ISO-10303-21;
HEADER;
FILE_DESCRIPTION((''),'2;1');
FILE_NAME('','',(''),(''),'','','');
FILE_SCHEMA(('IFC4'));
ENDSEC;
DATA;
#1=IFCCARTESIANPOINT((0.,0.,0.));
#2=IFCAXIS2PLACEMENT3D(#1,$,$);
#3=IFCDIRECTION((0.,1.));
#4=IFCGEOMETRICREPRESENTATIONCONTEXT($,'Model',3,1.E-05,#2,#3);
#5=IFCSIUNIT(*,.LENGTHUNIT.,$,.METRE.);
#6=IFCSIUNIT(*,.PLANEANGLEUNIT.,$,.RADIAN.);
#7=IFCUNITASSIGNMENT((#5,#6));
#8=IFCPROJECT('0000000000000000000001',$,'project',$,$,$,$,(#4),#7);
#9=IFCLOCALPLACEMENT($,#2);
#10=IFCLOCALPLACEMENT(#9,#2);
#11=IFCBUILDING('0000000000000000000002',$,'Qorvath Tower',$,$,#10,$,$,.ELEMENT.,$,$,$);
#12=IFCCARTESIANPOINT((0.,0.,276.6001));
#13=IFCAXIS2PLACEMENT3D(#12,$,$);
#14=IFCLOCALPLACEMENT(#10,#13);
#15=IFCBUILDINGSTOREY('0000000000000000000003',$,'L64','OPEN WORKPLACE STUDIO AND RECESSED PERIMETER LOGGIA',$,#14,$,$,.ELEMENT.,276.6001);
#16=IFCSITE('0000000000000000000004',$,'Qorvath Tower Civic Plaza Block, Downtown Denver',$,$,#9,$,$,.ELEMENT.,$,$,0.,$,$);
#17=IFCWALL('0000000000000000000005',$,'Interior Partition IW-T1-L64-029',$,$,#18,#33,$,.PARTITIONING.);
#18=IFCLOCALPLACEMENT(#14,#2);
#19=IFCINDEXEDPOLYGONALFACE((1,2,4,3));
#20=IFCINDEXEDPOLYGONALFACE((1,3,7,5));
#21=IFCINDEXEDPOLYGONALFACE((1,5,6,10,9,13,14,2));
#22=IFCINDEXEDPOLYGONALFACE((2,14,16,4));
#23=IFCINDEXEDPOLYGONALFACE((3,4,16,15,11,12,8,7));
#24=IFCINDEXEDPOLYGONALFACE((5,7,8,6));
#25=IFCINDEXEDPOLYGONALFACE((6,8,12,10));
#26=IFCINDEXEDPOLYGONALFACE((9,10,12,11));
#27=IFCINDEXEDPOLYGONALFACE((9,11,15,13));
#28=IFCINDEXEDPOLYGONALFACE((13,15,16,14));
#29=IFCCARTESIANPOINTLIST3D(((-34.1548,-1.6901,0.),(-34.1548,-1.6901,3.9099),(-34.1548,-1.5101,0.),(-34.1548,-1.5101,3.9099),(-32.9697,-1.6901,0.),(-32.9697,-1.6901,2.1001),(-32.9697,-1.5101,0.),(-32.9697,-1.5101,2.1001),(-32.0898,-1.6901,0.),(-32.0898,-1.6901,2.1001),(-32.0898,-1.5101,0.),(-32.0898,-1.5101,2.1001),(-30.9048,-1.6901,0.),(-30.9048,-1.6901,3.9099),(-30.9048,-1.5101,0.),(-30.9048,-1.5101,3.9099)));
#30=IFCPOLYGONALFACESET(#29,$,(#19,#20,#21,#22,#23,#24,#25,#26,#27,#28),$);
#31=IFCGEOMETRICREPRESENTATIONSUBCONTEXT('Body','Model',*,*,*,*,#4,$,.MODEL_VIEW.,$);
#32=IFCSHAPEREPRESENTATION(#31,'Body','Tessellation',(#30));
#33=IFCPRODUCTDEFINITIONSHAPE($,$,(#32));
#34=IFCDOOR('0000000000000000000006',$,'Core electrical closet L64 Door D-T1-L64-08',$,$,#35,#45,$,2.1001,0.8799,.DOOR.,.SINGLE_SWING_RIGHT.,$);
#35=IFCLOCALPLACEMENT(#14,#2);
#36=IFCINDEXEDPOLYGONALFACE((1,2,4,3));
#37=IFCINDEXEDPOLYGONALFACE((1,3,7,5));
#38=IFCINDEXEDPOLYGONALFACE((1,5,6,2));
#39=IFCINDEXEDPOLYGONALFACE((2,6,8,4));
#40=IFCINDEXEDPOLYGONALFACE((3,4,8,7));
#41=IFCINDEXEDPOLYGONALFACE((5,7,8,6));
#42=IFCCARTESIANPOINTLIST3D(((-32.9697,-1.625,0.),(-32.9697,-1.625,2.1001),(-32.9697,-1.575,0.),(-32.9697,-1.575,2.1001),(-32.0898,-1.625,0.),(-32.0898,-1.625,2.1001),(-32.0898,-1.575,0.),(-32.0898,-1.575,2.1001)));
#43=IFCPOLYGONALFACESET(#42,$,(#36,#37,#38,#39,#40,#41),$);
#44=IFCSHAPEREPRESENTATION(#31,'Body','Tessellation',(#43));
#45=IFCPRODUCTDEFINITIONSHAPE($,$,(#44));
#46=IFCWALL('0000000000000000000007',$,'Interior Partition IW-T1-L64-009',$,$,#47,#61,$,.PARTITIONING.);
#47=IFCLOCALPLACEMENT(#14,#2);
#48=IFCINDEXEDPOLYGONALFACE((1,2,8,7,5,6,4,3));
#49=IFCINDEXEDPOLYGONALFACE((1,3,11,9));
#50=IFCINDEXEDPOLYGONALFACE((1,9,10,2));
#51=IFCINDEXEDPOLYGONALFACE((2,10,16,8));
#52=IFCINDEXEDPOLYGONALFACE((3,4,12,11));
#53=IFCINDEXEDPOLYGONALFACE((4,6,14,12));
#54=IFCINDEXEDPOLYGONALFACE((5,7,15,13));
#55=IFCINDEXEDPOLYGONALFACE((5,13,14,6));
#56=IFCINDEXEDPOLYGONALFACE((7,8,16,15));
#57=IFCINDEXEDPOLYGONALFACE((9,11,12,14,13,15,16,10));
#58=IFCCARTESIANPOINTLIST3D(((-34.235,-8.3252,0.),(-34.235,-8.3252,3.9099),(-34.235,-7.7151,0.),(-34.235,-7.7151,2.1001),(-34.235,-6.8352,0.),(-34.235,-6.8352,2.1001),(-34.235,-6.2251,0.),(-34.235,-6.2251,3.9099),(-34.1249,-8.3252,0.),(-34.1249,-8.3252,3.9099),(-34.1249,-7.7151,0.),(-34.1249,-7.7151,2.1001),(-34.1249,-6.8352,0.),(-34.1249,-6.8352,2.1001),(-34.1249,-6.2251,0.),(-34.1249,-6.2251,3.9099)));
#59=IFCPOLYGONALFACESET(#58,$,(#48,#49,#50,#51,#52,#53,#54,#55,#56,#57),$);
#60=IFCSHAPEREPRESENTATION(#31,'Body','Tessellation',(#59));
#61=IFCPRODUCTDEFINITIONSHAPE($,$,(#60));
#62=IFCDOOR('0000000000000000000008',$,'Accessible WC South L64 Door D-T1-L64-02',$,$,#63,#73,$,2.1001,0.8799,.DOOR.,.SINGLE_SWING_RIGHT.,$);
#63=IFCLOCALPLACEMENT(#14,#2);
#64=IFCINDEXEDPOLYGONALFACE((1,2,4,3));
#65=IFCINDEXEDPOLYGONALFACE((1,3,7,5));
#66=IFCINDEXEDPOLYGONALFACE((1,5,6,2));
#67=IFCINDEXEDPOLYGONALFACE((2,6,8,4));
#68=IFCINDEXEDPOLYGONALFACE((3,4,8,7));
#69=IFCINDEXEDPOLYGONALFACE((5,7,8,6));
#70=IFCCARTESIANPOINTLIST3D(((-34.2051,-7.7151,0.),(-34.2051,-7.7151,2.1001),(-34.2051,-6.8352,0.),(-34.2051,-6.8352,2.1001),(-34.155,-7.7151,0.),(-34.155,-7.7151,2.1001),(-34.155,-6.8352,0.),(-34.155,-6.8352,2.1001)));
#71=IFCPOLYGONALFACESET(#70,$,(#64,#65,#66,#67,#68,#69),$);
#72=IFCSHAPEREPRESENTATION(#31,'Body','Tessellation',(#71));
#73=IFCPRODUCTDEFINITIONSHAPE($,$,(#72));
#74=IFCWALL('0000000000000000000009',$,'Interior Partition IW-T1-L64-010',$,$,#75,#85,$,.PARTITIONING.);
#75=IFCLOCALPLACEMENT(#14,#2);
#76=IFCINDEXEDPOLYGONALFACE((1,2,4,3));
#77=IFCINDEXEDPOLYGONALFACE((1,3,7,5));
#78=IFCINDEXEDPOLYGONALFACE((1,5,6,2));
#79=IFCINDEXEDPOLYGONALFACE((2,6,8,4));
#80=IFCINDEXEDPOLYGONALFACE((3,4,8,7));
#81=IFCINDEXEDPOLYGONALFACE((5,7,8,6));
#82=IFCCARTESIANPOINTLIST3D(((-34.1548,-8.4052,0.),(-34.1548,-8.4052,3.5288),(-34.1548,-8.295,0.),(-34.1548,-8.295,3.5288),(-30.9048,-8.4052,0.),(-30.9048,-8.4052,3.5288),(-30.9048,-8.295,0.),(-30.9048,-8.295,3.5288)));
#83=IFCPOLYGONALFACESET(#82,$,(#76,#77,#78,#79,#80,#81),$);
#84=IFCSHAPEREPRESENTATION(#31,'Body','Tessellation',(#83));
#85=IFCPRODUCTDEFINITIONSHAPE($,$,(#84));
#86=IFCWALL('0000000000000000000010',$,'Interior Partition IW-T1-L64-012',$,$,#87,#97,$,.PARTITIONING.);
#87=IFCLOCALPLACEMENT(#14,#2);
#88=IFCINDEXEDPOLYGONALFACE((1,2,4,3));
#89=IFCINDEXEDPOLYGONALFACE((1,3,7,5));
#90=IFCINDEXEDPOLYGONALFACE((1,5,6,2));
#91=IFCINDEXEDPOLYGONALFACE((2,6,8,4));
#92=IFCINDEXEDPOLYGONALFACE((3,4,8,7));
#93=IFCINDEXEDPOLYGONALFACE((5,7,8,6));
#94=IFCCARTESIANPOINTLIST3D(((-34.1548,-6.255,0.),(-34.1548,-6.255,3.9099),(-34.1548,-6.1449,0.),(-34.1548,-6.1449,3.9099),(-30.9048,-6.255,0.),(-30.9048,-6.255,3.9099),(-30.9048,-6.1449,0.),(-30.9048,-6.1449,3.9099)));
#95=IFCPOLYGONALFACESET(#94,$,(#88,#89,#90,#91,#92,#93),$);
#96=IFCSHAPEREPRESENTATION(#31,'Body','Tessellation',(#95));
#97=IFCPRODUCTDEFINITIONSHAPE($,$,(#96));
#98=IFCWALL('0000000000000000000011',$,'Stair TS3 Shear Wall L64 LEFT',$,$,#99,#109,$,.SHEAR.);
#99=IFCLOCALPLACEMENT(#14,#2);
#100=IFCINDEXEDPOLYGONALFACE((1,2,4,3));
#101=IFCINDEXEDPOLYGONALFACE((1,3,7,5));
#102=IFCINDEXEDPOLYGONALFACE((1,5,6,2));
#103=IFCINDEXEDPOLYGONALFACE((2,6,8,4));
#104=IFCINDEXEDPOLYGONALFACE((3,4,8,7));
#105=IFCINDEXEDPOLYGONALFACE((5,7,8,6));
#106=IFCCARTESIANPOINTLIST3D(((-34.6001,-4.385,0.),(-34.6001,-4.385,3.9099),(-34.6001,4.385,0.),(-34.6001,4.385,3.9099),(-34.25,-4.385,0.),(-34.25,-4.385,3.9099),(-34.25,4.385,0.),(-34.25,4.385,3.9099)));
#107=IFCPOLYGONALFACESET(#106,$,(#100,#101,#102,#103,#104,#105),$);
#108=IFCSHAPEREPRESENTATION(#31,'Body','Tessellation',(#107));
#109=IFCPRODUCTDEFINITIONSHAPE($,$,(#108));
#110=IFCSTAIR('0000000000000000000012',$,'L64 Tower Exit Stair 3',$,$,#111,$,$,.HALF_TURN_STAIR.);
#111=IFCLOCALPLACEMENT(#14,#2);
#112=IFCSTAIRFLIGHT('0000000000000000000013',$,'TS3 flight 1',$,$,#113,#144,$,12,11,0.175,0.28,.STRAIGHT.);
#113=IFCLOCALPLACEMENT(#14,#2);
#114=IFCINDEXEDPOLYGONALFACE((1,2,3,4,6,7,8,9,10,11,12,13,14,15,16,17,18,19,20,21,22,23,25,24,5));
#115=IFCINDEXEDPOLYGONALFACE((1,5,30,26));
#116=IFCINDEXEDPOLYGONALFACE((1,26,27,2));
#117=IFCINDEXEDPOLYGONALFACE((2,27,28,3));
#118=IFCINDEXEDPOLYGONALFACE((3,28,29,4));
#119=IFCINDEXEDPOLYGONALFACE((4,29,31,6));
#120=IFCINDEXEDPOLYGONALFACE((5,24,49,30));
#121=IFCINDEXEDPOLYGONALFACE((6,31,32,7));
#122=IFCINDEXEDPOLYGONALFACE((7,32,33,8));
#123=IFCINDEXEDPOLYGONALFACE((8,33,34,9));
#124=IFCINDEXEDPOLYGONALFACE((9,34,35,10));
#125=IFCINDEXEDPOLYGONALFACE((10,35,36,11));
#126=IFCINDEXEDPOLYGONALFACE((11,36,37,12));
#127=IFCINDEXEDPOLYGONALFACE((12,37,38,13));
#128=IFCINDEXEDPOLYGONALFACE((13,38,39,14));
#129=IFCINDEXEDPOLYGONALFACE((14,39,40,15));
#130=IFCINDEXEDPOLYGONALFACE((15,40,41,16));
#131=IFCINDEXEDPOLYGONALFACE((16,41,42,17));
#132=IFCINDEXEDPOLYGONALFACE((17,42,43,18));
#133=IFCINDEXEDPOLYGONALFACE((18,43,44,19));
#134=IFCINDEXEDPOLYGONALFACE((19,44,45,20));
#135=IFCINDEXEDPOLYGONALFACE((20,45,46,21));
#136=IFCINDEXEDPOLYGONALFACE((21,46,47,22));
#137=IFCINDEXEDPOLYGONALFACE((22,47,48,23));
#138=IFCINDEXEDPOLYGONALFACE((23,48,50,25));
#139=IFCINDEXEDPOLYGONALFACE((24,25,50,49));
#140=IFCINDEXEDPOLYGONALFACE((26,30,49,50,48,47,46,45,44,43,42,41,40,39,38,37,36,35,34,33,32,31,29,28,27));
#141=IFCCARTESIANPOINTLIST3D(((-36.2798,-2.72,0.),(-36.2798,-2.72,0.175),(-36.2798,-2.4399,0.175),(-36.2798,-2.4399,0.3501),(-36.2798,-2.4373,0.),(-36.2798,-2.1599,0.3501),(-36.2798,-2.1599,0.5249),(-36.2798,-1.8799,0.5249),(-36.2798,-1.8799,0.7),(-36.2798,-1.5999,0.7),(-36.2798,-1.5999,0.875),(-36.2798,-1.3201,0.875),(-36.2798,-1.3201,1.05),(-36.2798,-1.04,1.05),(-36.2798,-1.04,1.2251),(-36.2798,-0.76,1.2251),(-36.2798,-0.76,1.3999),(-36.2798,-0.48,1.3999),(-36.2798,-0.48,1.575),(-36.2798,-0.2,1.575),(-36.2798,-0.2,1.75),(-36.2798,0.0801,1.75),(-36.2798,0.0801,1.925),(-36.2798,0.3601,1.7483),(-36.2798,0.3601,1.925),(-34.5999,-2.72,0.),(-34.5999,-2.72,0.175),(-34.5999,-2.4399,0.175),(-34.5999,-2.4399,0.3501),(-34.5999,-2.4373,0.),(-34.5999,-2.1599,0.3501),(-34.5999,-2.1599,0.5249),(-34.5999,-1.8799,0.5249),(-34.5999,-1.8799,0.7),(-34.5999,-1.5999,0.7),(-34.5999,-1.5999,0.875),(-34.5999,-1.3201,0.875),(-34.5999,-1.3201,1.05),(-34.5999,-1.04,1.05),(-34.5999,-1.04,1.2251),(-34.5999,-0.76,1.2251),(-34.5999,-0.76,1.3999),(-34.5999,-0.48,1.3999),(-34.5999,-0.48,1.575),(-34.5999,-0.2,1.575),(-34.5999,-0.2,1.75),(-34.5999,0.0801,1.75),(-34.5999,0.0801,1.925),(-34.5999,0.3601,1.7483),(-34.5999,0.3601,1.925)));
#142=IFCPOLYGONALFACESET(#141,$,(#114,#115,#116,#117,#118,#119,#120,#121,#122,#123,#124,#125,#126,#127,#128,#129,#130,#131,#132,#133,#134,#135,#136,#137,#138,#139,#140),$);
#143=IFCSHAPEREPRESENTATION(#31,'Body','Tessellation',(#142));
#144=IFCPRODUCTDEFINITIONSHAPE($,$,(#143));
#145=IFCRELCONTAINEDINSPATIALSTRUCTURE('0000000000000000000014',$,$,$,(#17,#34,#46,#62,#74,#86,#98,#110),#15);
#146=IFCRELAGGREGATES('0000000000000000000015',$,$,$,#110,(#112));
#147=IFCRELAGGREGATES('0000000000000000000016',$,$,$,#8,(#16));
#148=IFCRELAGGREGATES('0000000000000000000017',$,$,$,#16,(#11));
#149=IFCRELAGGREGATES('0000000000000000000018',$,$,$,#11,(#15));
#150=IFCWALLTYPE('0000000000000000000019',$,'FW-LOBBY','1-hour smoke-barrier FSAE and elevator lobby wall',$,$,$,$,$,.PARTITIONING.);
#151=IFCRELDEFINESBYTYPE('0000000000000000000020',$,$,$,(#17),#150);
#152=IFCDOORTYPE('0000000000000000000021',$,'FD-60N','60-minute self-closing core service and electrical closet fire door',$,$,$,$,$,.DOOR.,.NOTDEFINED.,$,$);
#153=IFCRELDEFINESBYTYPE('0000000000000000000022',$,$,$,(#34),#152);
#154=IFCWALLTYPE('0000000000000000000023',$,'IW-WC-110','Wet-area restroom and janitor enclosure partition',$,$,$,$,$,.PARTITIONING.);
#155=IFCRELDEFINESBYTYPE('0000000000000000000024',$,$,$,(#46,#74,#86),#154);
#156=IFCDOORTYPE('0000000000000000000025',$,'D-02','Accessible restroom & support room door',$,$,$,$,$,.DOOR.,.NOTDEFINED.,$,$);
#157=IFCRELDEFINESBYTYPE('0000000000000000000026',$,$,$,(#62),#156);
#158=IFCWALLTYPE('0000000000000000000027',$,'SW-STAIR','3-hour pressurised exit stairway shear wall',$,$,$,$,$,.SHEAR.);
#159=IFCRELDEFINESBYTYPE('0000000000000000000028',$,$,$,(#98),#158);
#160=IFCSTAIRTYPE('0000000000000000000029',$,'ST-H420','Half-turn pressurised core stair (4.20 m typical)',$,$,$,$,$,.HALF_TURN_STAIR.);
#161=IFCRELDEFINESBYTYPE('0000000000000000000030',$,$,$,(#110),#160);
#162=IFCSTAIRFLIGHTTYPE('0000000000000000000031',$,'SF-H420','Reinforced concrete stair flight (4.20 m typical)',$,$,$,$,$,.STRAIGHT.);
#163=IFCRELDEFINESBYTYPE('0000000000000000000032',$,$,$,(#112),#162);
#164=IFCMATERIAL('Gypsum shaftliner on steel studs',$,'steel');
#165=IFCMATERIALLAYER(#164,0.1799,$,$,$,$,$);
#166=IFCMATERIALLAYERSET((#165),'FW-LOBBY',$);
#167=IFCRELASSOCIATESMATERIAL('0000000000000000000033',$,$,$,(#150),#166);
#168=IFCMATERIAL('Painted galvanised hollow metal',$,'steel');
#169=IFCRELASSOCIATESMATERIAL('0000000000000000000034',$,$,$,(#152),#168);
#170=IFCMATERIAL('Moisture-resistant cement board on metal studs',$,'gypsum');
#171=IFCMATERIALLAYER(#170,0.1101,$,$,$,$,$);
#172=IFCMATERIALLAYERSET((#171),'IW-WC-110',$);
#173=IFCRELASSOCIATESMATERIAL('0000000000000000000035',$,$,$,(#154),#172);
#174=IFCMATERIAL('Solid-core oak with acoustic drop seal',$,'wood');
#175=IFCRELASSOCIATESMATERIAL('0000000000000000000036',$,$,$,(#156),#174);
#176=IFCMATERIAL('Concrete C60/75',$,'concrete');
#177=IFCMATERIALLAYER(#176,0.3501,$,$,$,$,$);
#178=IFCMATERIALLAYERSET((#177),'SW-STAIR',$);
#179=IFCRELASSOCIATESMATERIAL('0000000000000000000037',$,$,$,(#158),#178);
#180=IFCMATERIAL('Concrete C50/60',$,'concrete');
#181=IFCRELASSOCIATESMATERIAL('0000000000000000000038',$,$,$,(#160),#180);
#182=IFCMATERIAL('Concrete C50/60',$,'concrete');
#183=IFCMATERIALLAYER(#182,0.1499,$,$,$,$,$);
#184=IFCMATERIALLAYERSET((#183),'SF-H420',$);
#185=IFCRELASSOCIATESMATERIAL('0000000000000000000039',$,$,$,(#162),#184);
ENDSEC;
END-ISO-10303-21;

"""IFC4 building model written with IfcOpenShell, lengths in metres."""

from ifc_helpers import new_model, si_unit, direction, frame, frame_2d, origin, place, context, subcontext, project, spatial, polyline, rectangle, outline, extrude, material, layer, layer_set, type_object, element, fill, aggregate, save


model = new_model("IFC4")

# Units and contexts
model_context = context("Model", 3, precision=1e-05, world=origin(), true_north=direction((0.0, 1.0)))
body_context = subcontext(model_context, "Body", "Model", "MODEL_VIEW")
ifc_project = project(units=[si_unit("LENGTHUNIT", "METRE"), si_unit("PLANEANGLEUNIT", "RADIAN")], contexts=[model_context])

# Site, building, storey
site_placement = place(None, origin())
site = spatial("IfcSite", under=ifc_project, at=site_placement, Name="Qorvath Tower Civic Plaza Block, Downtown Denver", CompositionType="ELEMENT", RefElevation=0.0)
building_placement = place(site_placement, origin())
building = spatial("IfcBuilding", under=site, at=building_placement, Name="Qorvath Tower", CompositionType="ELEMENT")
storey_placement = place(building_placement, frame((0.0, 0.0, 276.6001)))
storey = spatial("IfcBuildingStorey", under=building, at=storey_placement, Name="L64", Description="OPEN WORKPLACE STUDIO AND RECESSED PERIMETER LOGGIA", CompositionType="ELEMENT", Elevation=276.6001)

# Shared definitions
ifc_material_1 = material(Name="Gypsum shaftliner on steel studs", Category="steel")
ifc_layer_1 = layer(ifc_material_1, 0.1799)
ifc_layer_set_1 = layer_set([ifc_layer_1], Name="FW-LOBBY")
wall_type_1 = type_object("IfcWallType", Name="FW-LOBBY", Description="1-hour smoke-barrier FSAE and elevator lobby wall", PredefinedType="PARTITIONING", material=ifc_layer_set_1)

# Walls, openings, doors
wall_1_placement = place(storey_placement, frame((-30.9048, -1.6001, 0.0), z_axis=(0.0, 0.0, 1.0), x_axis=(-1.0, 0.0, 0.0)))
wall_1 = element("IfcWall", 1, at=wall_1_placement, inside=storey, type_object=wall_type_1, Name="Interior Partition IW-T1-L64-029", PredefinedType="PARTITIONING", context=body_context, shape_type="SweptSolid", body=[
    extrude(rectangle(XDim=3.25, YDim=0.1799, at=frame_2d((1.625, 0.0))), origin(), (0.0, 0.0, 1.0), 3.9099),
])
opening_1_placement = place(wall_1_placement, frame((1.1851, 0.0, 0.0)))
opening_1 = element("IfcOpeningElement", 2, at=opening_1_placement, cuts=wall_1, PredefinedType="OPENING", context=body_context, shape_type="SweptSolid", body=[
    extrude(rectangle(XDim=0.8799, YDim=2.1001, at=frame_2d((0.4399, 1.05))), frame((0.0, 0.1001, 0.0), z_axis=(0.0, -1.0, 0.0), x_axis=(1.0, 0.0, 0.0)), (0.0, 0.0, 1.0), 0.2),
])
ifc_material_2 = material(Name="Painted galvanised hollow metal", Category="steel")
door_type_1 = type_object("IfcDoorType", Name="FD-60N", Description="60-minute self-closing core service and electrical closet fire door", OperationType="NOTDEFINED", PredefinedType="DOOR", material=ifc_material_2)
door_1_placement = place(opening_1_placement, origin())
door_1 = element("IfcDoor", 3, at=door_1_placement, inside=storey, type_object=door_type_1, Name="Core electrical closet L64 Door D-T1-L64-08", OperationType="SINGLE_SWING_RIGHT", OverallHeight=2.1001, OverallWidth=0.8799, PredefinedType="DOOR", context=body_context, shape_type="SweptSolid", body=[
    extrude(rectangle(XDim=0.8799, YDim=2.1001, at=frame_2d((0.4399, 1.05))), frame((0.0, 0.0249, 0.0), z_axis=(0.0, -1.0, 0.0), x_axis=(1.0, 0.0, 0.0)), (0.0, 0.0, 1.0), 0.05),
])
fill(opening_1, door_1)
ifc_material_3 = material(Name="Moisture-resistant cement board on metal studs", Category="gypsum")
ifc_layer_2 = layer(ifc_material_3, 0.1101)
ifc_layer_set_2 = layer_set([ifc_layer_2], Name="IW-WC-110")
wall_type_2 = type_object("IfcWallType", Name="IW-WC-110", Description="Wet-area restroom and janitor enclosure partition", PredefinedType="PARTITIONING", material=ifc_layer_set_2)
wall_2_placement = place(storey_placement, frame((-34.1799, -6.2251, 0.0), z_axis=(0.0, 0.0, 1.0), x_axis=(0.0, -1.0, 0.0)))
wall_2 = element("IfcWall", 4, at=wall_2_placement, inside=storey, type_object=wall_type_2, Name="Interior Partition IW-T1-L64-009", PredefinedType="PARTITIONING", context=body_context, shape_type="SweptSolid", body=[
    extrude(rectangle(XDim=2.1001, YDim=0.1101, at=frame_2d((1.05, 0.0))), origin(), (0.0, 0.0, 1.0), 3.9099),
])
opening_2_placement = place(wall_2_placement, frame((0.6101, 0.0, 0.0)))
opening_2 = element("IfcOpeningElement", 5, at=opening_2_placement, cuts=wall_2, PredefinedType="OPENING", context=body_context, shape_type="SweptSolid", body=[
    extrude(rectangle(XDim=0.8799, YDim=2.1001, at=frame_2d((0.4399, 1.05))), frame((0.0, 0.0649, 0.0), z_axis=(0.0, -1.0, 0.0), x_axis=(1.0, 0.0, 0.0)), (0.0, 0.0, 1.0), 0.1301),
])
ifc_material_4 = material(Name="Solid-core oak with acoustic drop seal", Category="wood")
door_type_2 = type_object("IfcDoorType", Name="D-02", Description="Accessible restroom & support room door", OperationType="NOTDEFINED", PredefinedType="DOOR", material=ifc_material_4)
door_2_placement = place(opening_2_placement, origin())
door_2 = element("IfcDoor", 6, at=door_2_placement, inside=storey, type_object=door_type_2, Name="Accessible WC South L64 Door D-T1-L64-02", OperationType="SINGLE_SWING_RIGHT", OverallHeight=2.1001, OverallWidth=0.8799, PredefinedType="DOOR", context=body_context, shape_type="SweptSolid", body=[
    extrude(rectangle(XDim=0.8799, YDim=2.1001, at=frame_2d((0.4399, 1.05))), frame((0.0, 0.0249, 0.0), z_axis=(0.0, -1.0, 0.0), x_axis=(1.0, 0.0, 0.0)), (0.0, 0.0, 1.0), 0.05),
])
fill(opening_2, door_2)

# Walls
wall_3_placement = place(storey_placement, frame((-34.1548, -8.3501, 0.0), z_axis=(0.0, 0.0, 1.0), x_axis=(1.0, 0.0, 0.0)))
element("IfcWall", 7, at=wall_3_placement, inside=storey, type_object=wall_type_2, Name="Interior Partition IW-T1-L64-010", PredefinedType="PARTITIONING", context=body_context, shape_type="SweptSolid", body=[
    extrude(rectangle(XDim=3.25, YDim=0.1101, at=frame_2d((1.625, 0.0))), origin(), (0.0, 0.0, 1.0), 3.5288),
])
wall_4_placement = place(storey_placement, frame((-30.9048, -6.2, 0.0), z_axis=(0.0, 0.0, 1.0), x_axis=(-1.0, 0.0, 0.0)))
element("IfcWall", 8, at=wall_4_placement, inside=storey, type_object=wall_type_2, Name="Interior Partition IW-T1-L64-012", PredefinedType="PARTITIONING", context=body_context, shape_type="SweptSolid", body=[
    extrude(rectangle(XDim=3.25, YDim=0.1101, at=frame_2d((1.625, 0.0))), origin(), (0.0, 0.0, 1.0), 3.9099),
])
ifc_material_5 = material(Name="Concrete C60/75", Category="concrete")
ifc_layer_3 = layer(ifc_material_5, 0.3501)
ifc_layer_set_3 = layer_set([ifc_layer_3], Name="SW-STAIR")
wall_type_3 = type_object("IfcWallType", Name="SW-STAIR", Description="3-hour pressurised exit stairway shear wall", PredefinedType="SHEAR", material=ifc_layer_set_3)
wall_5_placement = place(storey_placement, frame((-34.425, -4.385, 0.0), z_axis=(0.0, 0.0, 1.0), x_axis=(0.0, 1.0, 0.0)))
element("IfcWall", 9, at=wall_5_placement, inside=storey, type_object=wall_type_3, Name="Stair TS3 Shear Wall L64 LEFT", PredefinedType="SHEAR", context=body_context, shape_type="SweptSolid", body=[
    extrude(rectangle(XDim=8.77, YDim=0.3501, at=frame_2d((4.385, 0.0))), origin(), (0.0, 0.0, 1.0), 3.9099),
])

# Stair, stair flight
ifc_material_6 = material(Name="Concrete C50/60", Category="concrete")
stair_type = type_object("IfcStairType", Name="ST-H420", Description="Half-turn pressurised core stair (4.20 m typical)", PredefinedType="HALF_TURN_STAIR", material=ifc_material_6)
stair_placement = place(storey_placement, origin())
stair = element("IfcStair", 10, at=stair_placement, inside=storey, type_object=stair_type, Name="L64 Tower Exit Stair 3", PredefinedType="HALF_TURN_STAIR")
ifc_material_7 = material(Name="Concrete C50/60", Category="concrete")
ifc_layer_4 = layer(ifc_material_7, 0.1499)
ifc_layer_set_4 = layer_set([ifc_layer_4], Name="SF-H420")
stair_flight_type = type_object("IfcStairFlightType", Name="SF-H420", Description="Reinforced concrete stair flight (4.20 m typical)", PredefinedType="STRAIGHT", material=ifc_layer_set_4)
stair_flight_placement = place(storey_placement, frame((-35.4399, -2.72, 0.0), z_axis=(0.0, 0.0, 1.0), x_axis=(0.0, 1.0, 0.0)))
stair_flight = element("IfcStairFlight", 11, at=stair_flight_placement, type_object=stair_flight_type, Name="TS3 flight 1", NumberOfRisers=12, NumberOfTreads=11, PredefinedType="STRAIGHT", RiserHeight=0.175, TreadLength=0.28, context=body_context, shape_type="SweptSolid", body=[
    extrude(outline(polyline([(0.0, 0.0), (0.0, 0.175), (0.28, 0.175), (0.28, 0.3501), (0.5601, 0.3501), (0.5601, 0.5249), (0.8401, 0.5249), (0.8401, 0.7), (1.1201, 0.7), (1.1201, 0.875), (1.3999, 0.875), (1.3999, 1.05), (1.6799, 1.05), (1.6799, 1.2251), (1.96, 1.2251), (1.96, 1.3999), (2.24, 1.3999), (2.24, 1.575), (2.52, 1.575), (2.52, 1.75), (2.8, 1.75), (2.8, 1.925), (3.0801, 1.925), (3.0801, 2.1001), (3.0801, 1.7483), (0.2827, 0.0), (0.0, 0.0)])), frame((0.0, 0.8398, 0.0), z_axis=(0.0, -1.0, 0.0), x_axis=(1.0, 0.0, 0.0)), (0.0, 0.0, 1.0), 1.6799),
])
aggregate(stair, [stair_flight])

save(model, "model.ifc")
